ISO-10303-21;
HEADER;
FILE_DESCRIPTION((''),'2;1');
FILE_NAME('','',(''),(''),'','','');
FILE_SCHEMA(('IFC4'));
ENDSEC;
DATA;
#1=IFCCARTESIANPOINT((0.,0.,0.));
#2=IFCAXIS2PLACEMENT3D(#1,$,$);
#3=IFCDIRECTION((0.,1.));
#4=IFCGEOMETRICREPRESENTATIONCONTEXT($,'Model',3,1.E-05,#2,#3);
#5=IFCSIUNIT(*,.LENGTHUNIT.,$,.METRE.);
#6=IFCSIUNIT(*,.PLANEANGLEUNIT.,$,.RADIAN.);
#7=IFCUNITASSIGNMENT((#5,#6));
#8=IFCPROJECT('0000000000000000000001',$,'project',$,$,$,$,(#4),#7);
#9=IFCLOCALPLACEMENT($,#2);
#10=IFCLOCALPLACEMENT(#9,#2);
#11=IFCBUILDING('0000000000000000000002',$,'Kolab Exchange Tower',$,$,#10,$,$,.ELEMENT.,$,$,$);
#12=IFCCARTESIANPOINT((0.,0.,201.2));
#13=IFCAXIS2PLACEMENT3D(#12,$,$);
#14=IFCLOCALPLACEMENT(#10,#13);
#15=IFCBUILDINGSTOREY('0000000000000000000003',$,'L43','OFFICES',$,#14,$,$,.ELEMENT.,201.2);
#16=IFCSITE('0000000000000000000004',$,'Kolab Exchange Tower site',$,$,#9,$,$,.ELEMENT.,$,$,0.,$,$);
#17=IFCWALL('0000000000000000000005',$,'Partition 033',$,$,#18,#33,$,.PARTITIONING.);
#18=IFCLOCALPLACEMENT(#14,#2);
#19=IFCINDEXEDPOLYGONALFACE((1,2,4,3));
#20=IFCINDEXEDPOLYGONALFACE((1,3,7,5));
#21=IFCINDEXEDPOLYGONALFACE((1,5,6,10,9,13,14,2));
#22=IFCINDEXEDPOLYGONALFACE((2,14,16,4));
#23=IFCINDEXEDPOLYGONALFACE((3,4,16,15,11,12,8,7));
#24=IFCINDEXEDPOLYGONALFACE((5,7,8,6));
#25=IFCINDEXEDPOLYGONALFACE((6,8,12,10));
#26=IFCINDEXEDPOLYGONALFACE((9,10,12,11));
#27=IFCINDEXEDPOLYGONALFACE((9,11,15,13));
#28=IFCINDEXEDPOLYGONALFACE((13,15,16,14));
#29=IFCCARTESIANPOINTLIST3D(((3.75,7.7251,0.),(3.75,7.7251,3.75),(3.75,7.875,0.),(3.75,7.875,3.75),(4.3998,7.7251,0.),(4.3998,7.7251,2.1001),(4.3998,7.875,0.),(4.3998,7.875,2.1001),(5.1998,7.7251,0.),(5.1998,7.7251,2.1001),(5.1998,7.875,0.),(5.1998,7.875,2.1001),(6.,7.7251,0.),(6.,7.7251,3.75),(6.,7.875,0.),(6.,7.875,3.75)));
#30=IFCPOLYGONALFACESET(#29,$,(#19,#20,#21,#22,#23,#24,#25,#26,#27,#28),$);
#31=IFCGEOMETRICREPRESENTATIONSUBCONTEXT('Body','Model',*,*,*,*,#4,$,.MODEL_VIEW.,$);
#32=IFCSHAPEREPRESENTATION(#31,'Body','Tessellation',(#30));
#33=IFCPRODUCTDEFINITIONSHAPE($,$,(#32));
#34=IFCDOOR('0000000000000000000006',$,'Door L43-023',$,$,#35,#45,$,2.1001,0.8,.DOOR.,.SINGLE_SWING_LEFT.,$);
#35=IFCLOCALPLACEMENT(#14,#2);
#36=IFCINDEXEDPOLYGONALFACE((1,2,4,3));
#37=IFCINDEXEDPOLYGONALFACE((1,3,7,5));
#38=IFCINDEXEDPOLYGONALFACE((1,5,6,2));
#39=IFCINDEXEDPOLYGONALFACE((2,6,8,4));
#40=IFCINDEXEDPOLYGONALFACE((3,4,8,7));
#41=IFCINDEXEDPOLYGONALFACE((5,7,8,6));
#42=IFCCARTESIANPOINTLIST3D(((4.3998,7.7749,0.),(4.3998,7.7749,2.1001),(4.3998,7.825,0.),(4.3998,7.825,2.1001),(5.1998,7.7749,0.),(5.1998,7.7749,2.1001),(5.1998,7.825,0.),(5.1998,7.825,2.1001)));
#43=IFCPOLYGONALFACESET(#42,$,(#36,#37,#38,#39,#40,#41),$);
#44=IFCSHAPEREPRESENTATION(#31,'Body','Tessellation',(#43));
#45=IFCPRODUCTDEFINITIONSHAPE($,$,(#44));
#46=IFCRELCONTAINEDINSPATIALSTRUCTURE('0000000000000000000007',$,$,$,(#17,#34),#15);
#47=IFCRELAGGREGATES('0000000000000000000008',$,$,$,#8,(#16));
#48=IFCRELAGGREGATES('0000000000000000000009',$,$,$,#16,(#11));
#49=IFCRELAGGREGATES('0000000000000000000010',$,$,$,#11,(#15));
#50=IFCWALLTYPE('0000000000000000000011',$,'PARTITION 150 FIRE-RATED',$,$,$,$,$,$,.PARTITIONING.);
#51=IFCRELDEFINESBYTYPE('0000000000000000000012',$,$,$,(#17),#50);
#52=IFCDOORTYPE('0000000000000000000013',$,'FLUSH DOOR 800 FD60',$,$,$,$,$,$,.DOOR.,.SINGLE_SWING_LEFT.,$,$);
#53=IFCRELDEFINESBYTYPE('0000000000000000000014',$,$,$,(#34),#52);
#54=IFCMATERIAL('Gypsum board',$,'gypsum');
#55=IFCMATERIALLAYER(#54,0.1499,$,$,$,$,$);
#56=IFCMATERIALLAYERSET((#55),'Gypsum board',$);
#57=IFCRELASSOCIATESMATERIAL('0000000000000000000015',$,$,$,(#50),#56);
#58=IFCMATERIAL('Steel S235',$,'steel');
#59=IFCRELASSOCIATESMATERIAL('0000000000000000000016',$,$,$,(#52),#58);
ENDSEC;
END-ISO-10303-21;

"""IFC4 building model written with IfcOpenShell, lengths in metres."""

from ifc_helpers import new_model, si_unit, direction, frame, frame_2d, origin, place, context, subcontext, project, spatial, rectangle, extrude, material, layer, layer_set, type_object, element, fill, save


model = new_model("IFC4")

# Units and contexts
model_context = context("Model", 3, precision=1e-05, world=origin(), true_north=direction((0.0, 1.0)))
body_context = subcontext(model_context, "Body", "Model", "MODEL_VIEW")
ifc_project = project(units=[si_unit("LENGTHUNIT", "METRE"), si_unit("PLANEANGLEUNIT", "RADIAN")], contexts=[model_context])

# Site, building, storey
site_placement = place(None, origin())
site = spatial("IfcSite", under=ifc_project, at=site_placement, Name="Kolab Exchange Tower site", CompositionType="ELEMENT", RefElevation=0.0)
building_placement = place(site_placement, origin())
building = spatial("IfcBuilding", under=site, at=building_placement, Name="Kolab Exchange Tower", CompositionType="ELEMENT")
storey_placement = place(building_placement, frame((0.0, 0.0, 201.2)))
storey = spatial("IfcBuildingStorey", under=building, at=storey_placement, Name="L43", Description="OFFICES", CompositionType="ELEMENT", Elevation=201.2)

# Shared definitions
ifc_material_1 = material(Name="Gypsum board", Category="gypsum")

# Wall, opening, door
ifc_layer_1 = layer(ifc_material_1, 0.1499)
ifc_layer_set_1 = layer_set([ifc_layer_1], Name="Gypsum board")
wall_type_1 = type_object("IfcWallType", Name="PARTITION 150 FIRE-RATED", PredefinedType="PARTITIONING", material=ifc_layer_set_1)
wall_1_placement = place(storey_placement, frame((3.75, 7.8, 0.0), z_axis=(0.0, 0.0, 1.0), x_axis=(1.0, 0.0, 0.0)))
wall_1 = element("IfcWall", 1, at=wall_1_placement, inside=storey, type_object=wall_type_1, Name="Partition 033", PredefinedType="PARTITIONING", context=body_context, shape_type="SweptSolid", body=[
    extrude(rectangle(XDim=2.25, YDim=0.1499, at=frame_2d((1.125, 0.0))), origin(), (0.0, 0.0, 1.0), 3.75),
])
opening_1_placement = place(wall_1_placement, frame((0.6499, 0.0, 0.0)))
opening_1 = element("IfcOpeningElement", 2, at=opening_1_placement, cuts=wall_1, PredefinedType="OPENING", context=body_context, shape_type="SweptSolid", body=[
    extrude(rectangle(XDim=0.8, YDim=2.1001, at=frame_2d((0.3999, 1.05))), frame((0.0, 0.085, 0.0), z_axis=(0.0, -1.0, 0.0), x_axis=(1.0, 0.0, 0.0)), (0.0, 0.0, 1.0), 0.1699),
])
ifc_material_2 = material(Name="Steel S235", Category="steel")
door_type_1 = type_object("IfcDoorType", Name="FLUSH DOOR 800 FD60", OperationType="SINGLE_SWING_LEFT", PredefinedType="DOOR", material=ifc_material_2)
door_1_placement = place(opening_1_placement, origin())
door_1 = element("IfcDoor", 3, at=door_1_placement, inside=storey, type_object=door_type_1, Name="Door L43-023", OperationType="SINGLE_SWING_LEFT", OverallHeight=2.1001, OverallWidth=0.8, PredefinedType="DOOR", context=body_context, shape_type="SweptSolid", body=[
    extrude(rectangle(XDim=0.8, YDim=2.1001, at=frame_2d((0.3999, 1.05))), frame((0.0, 0.0249, 0.0), z_axis=(0.0, -1.0, 0.0), x_axis=(1.0, 0.0, 0.0)), (0.0, 0.0, 1.0), 0.05),
])
fill(opening_1, door_1)

save(model, "model.ifc")
